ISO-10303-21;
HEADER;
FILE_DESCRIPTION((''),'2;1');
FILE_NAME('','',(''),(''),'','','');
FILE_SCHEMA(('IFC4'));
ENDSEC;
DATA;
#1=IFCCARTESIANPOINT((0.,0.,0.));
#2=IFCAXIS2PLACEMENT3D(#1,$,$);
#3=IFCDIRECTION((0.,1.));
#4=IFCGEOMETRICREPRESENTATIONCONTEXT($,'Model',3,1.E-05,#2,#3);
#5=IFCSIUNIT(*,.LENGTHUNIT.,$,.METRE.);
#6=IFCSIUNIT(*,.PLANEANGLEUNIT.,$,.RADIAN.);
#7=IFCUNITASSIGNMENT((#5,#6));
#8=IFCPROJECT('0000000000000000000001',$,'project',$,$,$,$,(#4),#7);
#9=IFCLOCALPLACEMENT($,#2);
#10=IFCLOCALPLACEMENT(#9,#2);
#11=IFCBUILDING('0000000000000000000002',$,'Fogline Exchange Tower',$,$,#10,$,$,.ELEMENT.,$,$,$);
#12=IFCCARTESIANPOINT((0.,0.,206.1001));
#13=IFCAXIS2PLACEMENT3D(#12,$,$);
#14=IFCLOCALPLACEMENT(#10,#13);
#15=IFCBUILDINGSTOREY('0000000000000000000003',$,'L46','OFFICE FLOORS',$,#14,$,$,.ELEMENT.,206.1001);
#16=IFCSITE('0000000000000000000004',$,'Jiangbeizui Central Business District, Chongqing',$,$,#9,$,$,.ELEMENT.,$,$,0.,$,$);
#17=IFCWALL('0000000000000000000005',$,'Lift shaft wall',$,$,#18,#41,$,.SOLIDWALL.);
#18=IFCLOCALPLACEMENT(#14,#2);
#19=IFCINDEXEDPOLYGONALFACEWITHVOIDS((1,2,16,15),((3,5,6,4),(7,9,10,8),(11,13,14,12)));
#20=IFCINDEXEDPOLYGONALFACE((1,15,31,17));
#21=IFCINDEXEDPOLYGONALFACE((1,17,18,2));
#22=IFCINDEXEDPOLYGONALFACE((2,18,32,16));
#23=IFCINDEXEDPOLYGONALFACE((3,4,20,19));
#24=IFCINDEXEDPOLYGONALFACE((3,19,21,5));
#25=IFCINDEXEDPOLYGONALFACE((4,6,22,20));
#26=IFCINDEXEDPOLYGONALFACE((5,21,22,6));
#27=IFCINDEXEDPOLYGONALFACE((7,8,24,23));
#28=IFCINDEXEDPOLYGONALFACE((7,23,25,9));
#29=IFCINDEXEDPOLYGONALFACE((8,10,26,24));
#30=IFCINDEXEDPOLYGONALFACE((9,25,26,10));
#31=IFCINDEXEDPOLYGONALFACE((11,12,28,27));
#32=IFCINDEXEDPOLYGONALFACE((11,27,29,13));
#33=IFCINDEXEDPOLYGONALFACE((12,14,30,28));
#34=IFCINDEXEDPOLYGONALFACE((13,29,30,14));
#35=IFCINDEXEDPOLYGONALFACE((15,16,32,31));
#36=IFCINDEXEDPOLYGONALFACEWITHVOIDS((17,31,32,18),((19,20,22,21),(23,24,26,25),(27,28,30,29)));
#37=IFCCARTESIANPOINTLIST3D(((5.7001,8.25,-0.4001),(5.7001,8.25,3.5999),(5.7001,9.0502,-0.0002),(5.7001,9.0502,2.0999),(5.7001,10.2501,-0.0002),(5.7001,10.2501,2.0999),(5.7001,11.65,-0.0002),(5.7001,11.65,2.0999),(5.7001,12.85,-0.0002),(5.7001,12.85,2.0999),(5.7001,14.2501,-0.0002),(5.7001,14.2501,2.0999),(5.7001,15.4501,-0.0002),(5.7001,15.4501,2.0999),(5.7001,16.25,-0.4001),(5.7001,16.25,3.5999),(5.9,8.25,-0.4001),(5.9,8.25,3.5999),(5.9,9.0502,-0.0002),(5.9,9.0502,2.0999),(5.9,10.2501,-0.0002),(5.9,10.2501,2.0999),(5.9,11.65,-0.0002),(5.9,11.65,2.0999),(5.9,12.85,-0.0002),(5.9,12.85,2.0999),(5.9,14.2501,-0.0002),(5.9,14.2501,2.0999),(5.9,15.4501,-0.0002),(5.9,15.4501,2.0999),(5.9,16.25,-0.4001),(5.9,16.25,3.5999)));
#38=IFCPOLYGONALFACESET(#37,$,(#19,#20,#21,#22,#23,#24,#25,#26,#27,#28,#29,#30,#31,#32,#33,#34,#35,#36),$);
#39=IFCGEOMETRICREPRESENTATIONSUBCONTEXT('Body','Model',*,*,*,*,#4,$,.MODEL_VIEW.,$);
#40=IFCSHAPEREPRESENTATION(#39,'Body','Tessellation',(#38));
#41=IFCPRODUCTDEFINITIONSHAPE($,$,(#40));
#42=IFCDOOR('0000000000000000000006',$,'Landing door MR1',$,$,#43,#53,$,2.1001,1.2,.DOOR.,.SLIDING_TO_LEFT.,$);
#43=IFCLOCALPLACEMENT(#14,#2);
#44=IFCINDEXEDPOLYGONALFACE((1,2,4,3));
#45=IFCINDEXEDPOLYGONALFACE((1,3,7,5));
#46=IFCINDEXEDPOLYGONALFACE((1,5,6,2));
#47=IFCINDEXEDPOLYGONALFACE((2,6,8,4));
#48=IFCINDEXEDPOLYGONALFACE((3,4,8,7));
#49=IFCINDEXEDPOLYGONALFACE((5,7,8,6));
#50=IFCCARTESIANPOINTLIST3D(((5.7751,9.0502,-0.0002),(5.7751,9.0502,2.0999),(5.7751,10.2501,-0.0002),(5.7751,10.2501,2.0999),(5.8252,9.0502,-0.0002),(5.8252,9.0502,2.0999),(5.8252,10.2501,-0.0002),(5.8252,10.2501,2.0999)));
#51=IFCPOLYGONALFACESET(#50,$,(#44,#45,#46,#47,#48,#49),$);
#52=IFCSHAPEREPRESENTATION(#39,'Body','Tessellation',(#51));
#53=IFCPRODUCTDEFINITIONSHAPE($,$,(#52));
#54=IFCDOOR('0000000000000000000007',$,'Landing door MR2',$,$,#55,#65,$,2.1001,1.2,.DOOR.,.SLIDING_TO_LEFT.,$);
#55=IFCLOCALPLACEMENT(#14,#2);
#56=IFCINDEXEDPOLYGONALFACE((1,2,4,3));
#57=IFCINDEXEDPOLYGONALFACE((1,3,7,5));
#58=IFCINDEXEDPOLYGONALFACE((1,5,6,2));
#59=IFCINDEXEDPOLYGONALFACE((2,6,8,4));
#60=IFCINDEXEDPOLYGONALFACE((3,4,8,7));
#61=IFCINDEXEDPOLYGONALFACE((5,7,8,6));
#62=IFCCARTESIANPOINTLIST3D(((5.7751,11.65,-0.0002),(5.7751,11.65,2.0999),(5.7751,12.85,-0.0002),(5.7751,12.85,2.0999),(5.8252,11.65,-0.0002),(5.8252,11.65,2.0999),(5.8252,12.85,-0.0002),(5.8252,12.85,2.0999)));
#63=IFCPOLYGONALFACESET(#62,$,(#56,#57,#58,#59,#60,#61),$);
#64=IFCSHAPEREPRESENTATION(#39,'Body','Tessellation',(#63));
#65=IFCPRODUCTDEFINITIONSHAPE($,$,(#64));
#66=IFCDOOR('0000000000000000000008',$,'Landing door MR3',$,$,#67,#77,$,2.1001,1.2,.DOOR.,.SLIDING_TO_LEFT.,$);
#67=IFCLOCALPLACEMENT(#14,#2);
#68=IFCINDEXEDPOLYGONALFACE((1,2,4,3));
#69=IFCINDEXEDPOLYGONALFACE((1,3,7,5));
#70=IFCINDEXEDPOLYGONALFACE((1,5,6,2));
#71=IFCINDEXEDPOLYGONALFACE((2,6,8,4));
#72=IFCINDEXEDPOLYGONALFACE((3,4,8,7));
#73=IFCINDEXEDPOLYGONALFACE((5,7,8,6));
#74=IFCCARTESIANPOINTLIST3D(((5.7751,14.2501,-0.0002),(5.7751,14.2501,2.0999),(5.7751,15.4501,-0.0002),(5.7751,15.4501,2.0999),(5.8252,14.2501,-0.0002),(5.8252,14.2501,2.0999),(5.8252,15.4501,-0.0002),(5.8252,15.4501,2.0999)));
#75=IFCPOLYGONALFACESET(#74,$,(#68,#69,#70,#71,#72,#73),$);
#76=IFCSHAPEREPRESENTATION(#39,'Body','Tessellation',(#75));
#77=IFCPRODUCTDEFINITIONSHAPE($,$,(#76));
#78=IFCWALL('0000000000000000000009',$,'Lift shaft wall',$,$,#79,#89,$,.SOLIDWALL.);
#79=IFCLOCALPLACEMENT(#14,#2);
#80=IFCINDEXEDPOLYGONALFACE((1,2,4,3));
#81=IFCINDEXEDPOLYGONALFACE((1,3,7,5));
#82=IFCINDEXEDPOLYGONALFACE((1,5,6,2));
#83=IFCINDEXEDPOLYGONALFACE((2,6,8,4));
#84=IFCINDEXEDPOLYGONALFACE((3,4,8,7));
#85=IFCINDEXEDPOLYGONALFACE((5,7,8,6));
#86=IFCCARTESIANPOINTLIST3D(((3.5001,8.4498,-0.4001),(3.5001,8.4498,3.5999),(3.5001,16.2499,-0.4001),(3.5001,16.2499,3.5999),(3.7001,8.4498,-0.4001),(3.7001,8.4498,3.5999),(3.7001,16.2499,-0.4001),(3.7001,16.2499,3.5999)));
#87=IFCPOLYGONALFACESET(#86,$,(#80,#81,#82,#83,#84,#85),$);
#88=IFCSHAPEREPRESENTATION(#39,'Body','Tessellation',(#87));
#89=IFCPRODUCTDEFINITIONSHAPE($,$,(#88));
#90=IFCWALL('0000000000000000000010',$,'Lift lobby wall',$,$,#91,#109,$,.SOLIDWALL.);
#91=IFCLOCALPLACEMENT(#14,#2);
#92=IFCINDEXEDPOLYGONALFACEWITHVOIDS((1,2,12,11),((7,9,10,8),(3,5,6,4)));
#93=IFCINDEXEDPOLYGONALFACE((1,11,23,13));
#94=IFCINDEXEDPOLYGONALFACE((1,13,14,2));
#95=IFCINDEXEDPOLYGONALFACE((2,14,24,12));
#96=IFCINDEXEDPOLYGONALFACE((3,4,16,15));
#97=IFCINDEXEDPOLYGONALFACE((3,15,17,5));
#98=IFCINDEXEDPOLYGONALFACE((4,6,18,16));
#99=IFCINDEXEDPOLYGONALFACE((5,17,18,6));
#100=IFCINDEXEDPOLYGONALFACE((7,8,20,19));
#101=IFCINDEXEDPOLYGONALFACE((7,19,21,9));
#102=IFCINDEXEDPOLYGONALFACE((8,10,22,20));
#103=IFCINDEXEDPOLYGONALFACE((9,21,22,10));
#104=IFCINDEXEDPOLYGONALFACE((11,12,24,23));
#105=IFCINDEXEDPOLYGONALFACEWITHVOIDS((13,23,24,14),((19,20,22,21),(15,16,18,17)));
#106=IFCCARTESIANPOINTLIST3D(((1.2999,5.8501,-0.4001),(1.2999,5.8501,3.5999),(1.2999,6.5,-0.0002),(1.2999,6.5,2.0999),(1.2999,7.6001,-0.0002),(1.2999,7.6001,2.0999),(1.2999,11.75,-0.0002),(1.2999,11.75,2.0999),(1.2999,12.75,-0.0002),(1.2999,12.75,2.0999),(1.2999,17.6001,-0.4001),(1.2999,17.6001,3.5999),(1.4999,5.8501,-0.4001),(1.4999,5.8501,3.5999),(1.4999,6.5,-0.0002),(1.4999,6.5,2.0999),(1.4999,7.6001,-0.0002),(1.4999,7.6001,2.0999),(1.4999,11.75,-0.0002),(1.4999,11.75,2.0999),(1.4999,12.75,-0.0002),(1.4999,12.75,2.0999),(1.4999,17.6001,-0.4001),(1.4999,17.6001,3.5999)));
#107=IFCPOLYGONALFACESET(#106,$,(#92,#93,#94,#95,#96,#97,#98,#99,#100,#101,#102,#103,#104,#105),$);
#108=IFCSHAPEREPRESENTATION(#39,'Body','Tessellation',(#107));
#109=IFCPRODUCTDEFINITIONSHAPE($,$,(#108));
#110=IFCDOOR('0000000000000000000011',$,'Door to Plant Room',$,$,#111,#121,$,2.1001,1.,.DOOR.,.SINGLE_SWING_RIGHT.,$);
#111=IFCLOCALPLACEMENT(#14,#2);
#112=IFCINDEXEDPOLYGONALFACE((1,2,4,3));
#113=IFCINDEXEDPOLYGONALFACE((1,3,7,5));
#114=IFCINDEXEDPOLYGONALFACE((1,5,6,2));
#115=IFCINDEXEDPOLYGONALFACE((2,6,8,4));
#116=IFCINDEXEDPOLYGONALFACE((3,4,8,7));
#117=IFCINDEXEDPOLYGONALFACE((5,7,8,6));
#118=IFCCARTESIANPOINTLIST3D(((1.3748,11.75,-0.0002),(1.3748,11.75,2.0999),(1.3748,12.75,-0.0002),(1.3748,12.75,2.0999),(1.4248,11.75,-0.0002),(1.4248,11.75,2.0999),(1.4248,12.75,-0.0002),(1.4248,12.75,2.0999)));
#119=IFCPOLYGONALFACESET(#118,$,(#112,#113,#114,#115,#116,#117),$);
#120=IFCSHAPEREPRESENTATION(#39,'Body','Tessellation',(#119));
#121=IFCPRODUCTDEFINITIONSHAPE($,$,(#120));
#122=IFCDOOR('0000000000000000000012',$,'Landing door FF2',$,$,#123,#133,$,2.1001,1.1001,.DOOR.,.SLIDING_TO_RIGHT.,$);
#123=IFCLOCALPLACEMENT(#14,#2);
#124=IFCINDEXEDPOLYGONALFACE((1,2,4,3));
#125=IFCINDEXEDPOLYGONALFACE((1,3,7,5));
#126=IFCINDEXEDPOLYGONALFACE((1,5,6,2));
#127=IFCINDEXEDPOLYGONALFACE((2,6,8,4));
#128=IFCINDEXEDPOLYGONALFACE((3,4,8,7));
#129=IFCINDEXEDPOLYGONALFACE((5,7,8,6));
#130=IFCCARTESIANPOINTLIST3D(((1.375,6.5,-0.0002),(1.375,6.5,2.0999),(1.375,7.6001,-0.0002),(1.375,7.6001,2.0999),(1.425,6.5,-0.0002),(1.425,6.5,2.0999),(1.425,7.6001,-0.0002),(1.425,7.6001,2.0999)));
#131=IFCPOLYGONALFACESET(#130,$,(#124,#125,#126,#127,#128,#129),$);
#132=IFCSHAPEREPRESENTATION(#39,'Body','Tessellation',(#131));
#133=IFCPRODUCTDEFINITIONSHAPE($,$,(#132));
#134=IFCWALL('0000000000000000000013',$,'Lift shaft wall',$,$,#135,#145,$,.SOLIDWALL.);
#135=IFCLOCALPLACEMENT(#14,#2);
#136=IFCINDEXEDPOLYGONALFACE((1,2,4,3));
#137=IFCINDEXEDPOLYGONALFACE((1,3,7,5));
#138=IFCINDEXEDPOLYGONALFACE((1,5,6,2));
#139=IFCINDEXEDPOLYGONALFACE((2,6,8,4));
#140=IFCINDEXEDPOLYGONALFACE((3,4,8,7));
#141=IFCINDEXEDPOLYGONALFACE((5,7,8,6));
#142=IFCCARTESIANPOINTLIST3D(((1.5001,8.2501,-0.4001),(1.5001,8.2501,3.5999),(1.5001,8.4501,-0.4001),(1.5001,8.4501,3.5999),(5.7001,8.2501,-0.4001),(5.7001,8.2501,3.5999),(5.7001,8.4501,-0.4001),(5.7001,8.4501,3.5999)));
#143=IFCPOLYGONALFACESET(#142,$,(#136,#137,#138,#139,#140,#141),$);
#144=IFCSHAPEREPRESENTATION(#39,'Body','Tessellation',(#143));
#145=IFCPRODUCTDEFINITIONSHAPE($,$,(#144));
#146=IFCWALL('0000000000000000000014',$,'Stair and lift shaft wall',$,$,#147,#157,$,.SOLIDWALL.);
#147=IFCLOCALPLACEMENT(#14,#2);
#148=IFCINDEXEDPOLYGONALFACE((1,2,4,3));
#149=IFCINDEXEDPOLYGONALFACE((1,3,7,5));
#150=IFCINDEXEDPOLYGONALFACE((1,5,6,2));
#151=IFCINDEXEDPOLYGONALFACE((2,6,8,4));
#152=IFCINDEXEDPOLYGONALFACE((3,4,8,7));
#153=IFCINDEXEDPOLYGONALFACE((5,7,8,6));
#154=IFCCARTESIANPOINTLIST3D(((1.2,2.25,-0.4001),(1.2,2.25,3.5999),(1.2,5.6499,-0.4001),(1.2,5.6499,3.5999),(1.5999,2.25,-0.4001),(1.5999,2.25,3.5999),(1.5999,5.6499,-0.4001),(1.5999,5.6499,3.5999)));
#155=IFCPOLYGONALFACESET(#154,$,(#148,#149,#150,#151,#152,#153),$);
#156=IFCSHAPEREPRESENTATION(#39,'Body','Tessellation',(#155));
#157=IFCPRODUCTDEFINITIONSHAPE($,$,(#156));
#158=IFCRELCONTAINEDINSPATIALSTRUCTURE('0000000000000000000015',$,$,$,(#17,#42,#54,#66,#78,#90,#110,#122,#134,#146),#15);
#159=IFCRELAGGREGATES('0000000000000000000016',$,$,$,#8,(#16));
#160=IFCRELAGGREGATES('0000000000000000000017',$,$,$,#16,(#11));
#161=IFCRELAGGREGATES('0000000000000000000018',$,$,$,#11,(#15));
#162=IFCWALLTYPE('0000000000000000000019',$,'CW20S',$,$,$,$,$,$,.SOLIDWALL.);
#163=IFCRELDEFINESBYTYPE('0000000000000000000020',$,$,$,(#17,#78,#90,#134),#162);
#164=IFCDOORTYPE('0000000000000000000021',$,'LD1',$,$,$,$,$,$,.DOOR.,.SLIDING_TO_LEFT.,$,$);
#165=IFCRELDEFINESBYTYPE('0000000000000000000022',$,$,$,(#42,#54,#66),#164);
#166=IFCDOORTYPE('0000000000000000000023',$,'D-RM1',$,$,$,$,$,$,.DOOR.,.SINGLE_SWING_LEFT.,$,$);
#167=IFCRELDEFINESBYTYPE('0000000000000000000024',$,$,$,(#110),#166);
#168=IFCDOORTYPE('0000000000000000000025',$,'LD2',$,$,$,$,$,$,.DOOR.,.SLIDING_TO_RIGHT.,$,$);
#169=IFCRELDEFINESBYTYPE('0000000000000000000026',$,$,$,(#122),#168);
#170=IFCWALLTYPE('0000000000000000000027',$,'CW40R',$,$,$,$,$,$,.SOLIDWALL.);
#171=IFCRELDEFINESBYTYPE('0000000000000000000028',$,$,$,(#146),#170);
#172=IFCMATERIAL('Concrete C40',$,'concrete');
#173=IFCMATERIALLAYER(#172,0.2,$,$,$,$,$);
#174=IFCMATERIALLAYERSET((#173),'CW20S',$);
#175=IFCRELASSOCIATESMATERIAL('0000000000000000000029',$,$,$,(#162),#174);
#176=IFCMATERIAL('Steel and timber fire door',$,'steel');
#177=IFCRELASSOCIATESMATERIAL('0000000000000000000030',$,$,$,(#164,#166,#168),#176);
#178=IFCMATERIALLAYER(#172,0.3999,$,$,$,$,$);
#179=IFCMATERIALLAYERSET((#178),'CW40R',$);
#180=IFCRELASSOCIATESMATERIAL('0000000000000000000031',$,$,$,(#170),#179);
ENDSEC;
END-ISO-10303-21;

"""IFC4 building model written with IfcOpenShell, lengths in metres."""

from ifc_helpers import new_model, si_unit, direction, frame, frame_2d, origin, place, context, subcontext, project, spatial, rectangle, extrude, material, layer, layer_set, type_object, element, fill, save


model = new_model("IFC4")

# Units and contexts
model_context = context("Model", 3, precision=1e-05, world=origin(), true_north=direction((0.0, 1.0)))
body_context = subcontext(model_context, "Body", "Model", "MODEL_VIEW")
ifc_project = project(units=[si_unit("LENGTHUNIT", "METRE"), si_unit("PLANEANGLEUNIT", "RADIAN")], contexts=[model_context])

# Site, building, storey
site_placement = place(None, origin())
site = spatial("IfcSite", under=ifc_project, at=site_placement, Name="Jiangbeizui Central Business District, Chongqing", CompositionType="ELEMENT", RefElevation=0.0)
building_placement = place(site_placement, origin())
building = spatial("IfcBuilding", under=site, at=building_placement, Name="Fogline Exchange Tower", CompositionType="ELEMENT")
storey_placement = place(building_placement, frame((0.0, 0.0, 206.1001)))
storey = spatial("IfcBuildingStorey", under=building, at=storey_placement, Name="L46", Description="OFFICE FLOORS", CompositionType="ELEMENT", Elevation=206.1001)

# Shared definitions
ifc_material_1 = material(Name="Concrete C40", Category="concrete")

# Shared definitions
ifc_material_2 = material(Name="Steel and timber fire door", Category="steel")

# Shared definitions
ifc_layer_1 = layer(ifc_material_1, 0.2)
ifc_layer_set_1 = layer_set([ifc_layer_1], Name="CW20S")
wall_type_1 = type_object("IfcWallType", Name="CW20S", PredefinedType="SOLIDWALL", material=ifc_layer_set_1)

# Wall, openings, doors
wall_1_placement = place(storey_placement, frame((5.8, 8.25, -0.4001), z_axis=(0.0, 0.0, 1.0), x_axis=(0.0, 1.0, 0.0)))
wall_1 = element("IfcWall", 1, at=wall_1_placement, inside=storey, type_object=wall_type_1, Name="Lift shaft wall", PredefinedType="SOLIDWALL", context=body_context, shape_type="SweptSolid", body=[
    extrude(rectangle(XDim=8.0, YDim=0.2, at=frame_2d((4.0, 0.0))), origin(), (0.0, 0.0, 1.0), 4.0),
])
opening_1_placement = place(wall_1_placement, frame((0.8, 0.0, 0.3999)))
opening_1 = element("IfcOpeningElement", 2, at=opening_1_placement, cuts=wall_1, PredefinedType="OPENING", context=body_context, shape_type="SweptSolid", body=[
    extrude(rectangle(XDim=1.2, YDim=2.1001, at=frame_2d((0.6001, 1.05))), frame((0.0, 0.1099, 0.0), z_axis=(0.0, -1.0, 0.0), x_axis=(1.0, 0.0, 0.0)), (0.0, 0.0, 1.0), 0.22),
])
opening_2_placement = place(wall_1_placement, frame((3.3999, 0.0, 0.3999)))
opening_2 = element("IfcOpeningElement", 3, at=opening_2_placement, cuts=wall_1, PredefinedType="OPENING", context=body_context, shape_type="SweptSolid", body=[
    extrude(rectangle(XDim=1.2, YDim=2.1001, at=frame_2d((0.6001, 1.05))), frame((0.0, 0.1099, 0.0), z_axis=(0.0, -1.0, 0.0), x_axis=(1.0, 0.0, 0.0)), (0.0, 0.0, 1.0), 0.22),
])
opening_3_placement = place(wall_1_placement, frame((6.0, 0.0, 0.3999)))
opening_3 = element("IfcOpeningElement", 4, at=opening_3_placement, cuts=wall_1, PredefinedType="OPENING", context=body_context, shape_type="SweptSolid", body=[
    extrude(rectangle(XDim=1.2, YDim=2.1001, at=frame_2d((0.6001, 1.05))), frame((0.0, 0.1099, 0.0), z_axis=(0.0, -1.0, 0.0), x_axis=(1.0, 0.0, 0.0)), (0.0, 0.0, 1.0), 0.22),
])
door_type_1 = type_object("IfcDoorType", Name="LD1", OperationType="SLIDING_TO_LEFT", PredefinedType="DOOR", material=ifc_material_2)
door_1_placement = place(opening_1_placement, origin())
door_1 = element("IfcDoor", 5, at=door_1_placement, inside=storey, type_object=door_type_1, Name="Landing door MR1", OperationType="SLIDING_TO_LEFT", OverallHeight=2.1001, OverallWidth=1.2, PredefinedType="DOOR", context=body_context, shape_type="SweptSolid", body=[
    extrude(rectangle(XDim=1.2, YDim=2.1001, at=frame_2d((0.6001, 1.05))), frame((0.0, 0.0249, 0.0), z_axis=(0.0, -1.0, 0.0), x_axis=(1.0, 0.0, 0.0)), (0.0, 0.0, 1.0), 0.05),
])
fill(opening_1, door_1)
door_2_placement = place(opening_2_placement, origin())
door_2 = element("IfcDoor", 6, at=door_2_placement, inside=storey, type_object=door_type_1, Name="Landing door MR2", OperationType="SLIDING_TO_LEFT", OverallHeight=2.1001, OverallWidth=1.2, PredefinedType="DOOR", context=body_context, shape_type="SweptSolid", body=[
    extrude(rectangle(XDim=1.2, YDim=2.1001, at=frame_2d((0.6001, 1.05))), frame((0.0, 0.0249, 0.0), z_axis=(0.0, -1.0, 0.0), x_axis=(1.0, 0.0, 0.0)), (0.0, 0.0, 1.0), 0.05),
])
fill(opening_2, door_2)
door_3_placement = place(opening_3_placement, origin())
door_3 = element("IfcDoor", 7, at=door_3_placement, inside=storey, type_object=door_type_1, Name="Landing door MR3", OperationType="SLIDING_TO_LEFT", OverallHeight=2.1001, OverallWidth=1.2, PredefinedType="DOOR", context=body_context, shape_type="SweptSolid", body=[
    extrude(rectangle(XDim=1.2, YDim=2.1001, at=frame_2d((0.6001, 1.05))), frame((0.0, 0.0249, 0.0), z_axis=(0.0, -1.0, 0.0), x_axis=(1.0, 0.0, 0.0)), (0.0, 0.0, 1.0), 0.05),
])
fill(opening_3, door_3)

# Wall
wall_2_placement = place(storey_placement, frame((3.6001, 8.45, -0.4001), z_axis=(0.0, 0.0, 1.0), x_axis=(0.0, 1.0, 0.0)))
element("IfcWall", 8, at=wall_2_placement, inside=storey, type_object=wall_type_1, Name="Lift shaft wall", PredefinedType="SOLIDWALL", context=body_context, shape_type="SweptSolid", body=[
    extrude(rectangle(XDim=7.8, YDim=0.2, at=frame_2d((3.8999, 0.0))), origin(), (0.0, 0.0, 1.0), 4.0),
])

# Wall, openings, doors
wall_3_placement = place(storey_placement, frame((1.3999, 5.8501, -0.4001), z_axis=(0.0, 0.0, 1.0), x_axis=(0.0, 1.0, 0.0)))
wall_3 = element("IfcWall", 9, at=wall_3_placement, inside=storey, type_object=wall_type_1, Name="Lift lobby wall", PredefinedType="SOLIDWALL", context=body_context, shape_type="SweptSolid", body=[
    extrude(rectangle(XDim=11.75, YDim=0.2, at=frame_2d((5.875, 0.0))), origin(), (0.0, 0.0, 1.0), 4.0),
])
opening_4_placement = place(wall_3_placement, frame((0.6499, 0.0, 0.3999)))
opening_4 = element("IfcOpeningElement", 10, at=opening_4_placement, cuts=wall_3, PredefinedType="OPENING", context=body_context, shape_type="SweptSolid", body=[
    extrude(rectangle(XDim=1.1001, YDim=2.1001, at=frame_2d((0.55, 1.05))), frame((0.0, 0.1099, 0.0), z_axis=(0.0, -1.0, 0.0), x_axis=(1.0, 0.0, 0.0)), (0.0, 0.0, 1.0), 0.22),
])
opening_5_placement = place(wall_3_placement, frame((5.8999, 0.0, 0.3999)))
opening_5 = element("IfcOpeningElement", 11, at=opening_5_placement, cuts=wall_3, PredefinedType="OPENING", context=body_context, shape_type="SweptSolid", body=[
    extrude(rectangle(XDim=1.0, YDim=2.1001, at=frame_2d((0.5, 1.05))), frame((0.0, 0.1099, 0.0), z_axis=(0.0, -1.0, 0.0), x_axis=(1.0, 0.0, 0.0)), (0.0, 0.0, 1.0), 0.22),
])
door_type_2 = type_object("IfcDoorType", Name="D-RM1", OperationType="SINGLE_SWING_LEFT", PredefinedType="DOOR", material=ifc_material_2)
door_4_placement = place(opening_5_placement, frame((1.0, 0.0, 0.0), z_axis=(0.0, 0.0, 1.0), x_axis=(-1.0, 0.0, 0.0)))
door_4 = element("IfcDoor", 12, at=door_4_placement, inside=storey, type_object=door_type_2, Name="Door to Plant Room", OperationType="SINGLE_SWING_RIGHT", OverallHeight=2.1001, OverallWidth=1.0, PredefinedType="DOOR", context=body_context, shape_type="SweptSolid", body=[
    extrude(rectangle(XDim=1.0, YDim=2.1001, at=frame_2d((0.5, 1.05))), frame((0.0, 0.0249, 0.0), z_axis=(0.0, -1.0, 0.0), x_axis=(1.0, 0.0, 0.0)), (0.0, 0.0, 1.0), 0.05),
])
fill(opening_5, door_4)
door_type_3 = type_object("IfcDoorType", Name="LD2", OperationType="SLIDING_TO_RIGHT", PredefinedType="DOOR", material=ifc_material_2)
door_5_placement = place(opening_4_placement, origin())
door_5 = element("IfcDoor", 13, at=door_5_placement, inside=storey, type_object=door_type_3, Name="Landing door FF2", OperationType="SLIDING_TO_RIGHT", OverallHeight=2.1001, OverallWidth=1.1001, PredefinedType="DOOR", context=body_context, shape_type="SweptSolid", body=[
    extrude(rectangle(XDim=1.1001, YDim=2.1001, at=frame_2d((0.55, 1.05))), frame((0.0, 0.0249, 0.0), z_axis=(0.0, -1.0, 0.0), x_axis=(1.0, 0.0, 0.0)), (0.0, 0.0, 1.0), 0.05),
])
fill(opening_4, door_5)

# Walls
wall_4_placement = place(storey_placement, frame((1.5, 8.3501, -0.4001), z_axis=(0.0, 0.0, 1.0), x_axis=(1.0, 0.0, 0.0)))
element("IfcWall", 14, at=wall_4_placement, inside=storey, type_object=wall_type_1, Name="Lift shaft wall", PredefinedType="SOLIDWALL", context=body_context, shape_type="SweptSolid", body=[
    extrude(rectangle(XDim=4.2, YDim=0.2, at=frame_2d((2.1001, 0.0))), origin(), (0.0, 0.0, 1.0), 4.0),
])
ifc_layer_2 = layer(ifc_material_1, 0.3999)
ifc_layer_set_2 = layer_set([ifc_layer_2], Name="CW40R")
wall_type_2 = type_object("IfcWallType", Name="CW40R", PredefinedType="SOLIDWALL", material=ifc_layer_set_2)
wall_5_placement = place(storey_placement, frame((1.3999, 2.25, -0.4001), z_axis=(0.0, 0.0, 1.0), x_axis=(0.0, 1.0, 0.0)))
element("IfcWall", 15, at=wall_5_placement, inside=storey, type_object=wall_type_2, Name="Stair and lift shaft wall", PredefinedType="SOLIDWALL", context=body_context, shape_type="SweptSolid", body=[
    extrude(rectangle(XDim=3.3999, YDim=0.3999, at=frame_2d((1.7, 0.0))), origin(), (0.0, 0.0, 1.0), 4.0),
])

save(model, "model.ifc")
